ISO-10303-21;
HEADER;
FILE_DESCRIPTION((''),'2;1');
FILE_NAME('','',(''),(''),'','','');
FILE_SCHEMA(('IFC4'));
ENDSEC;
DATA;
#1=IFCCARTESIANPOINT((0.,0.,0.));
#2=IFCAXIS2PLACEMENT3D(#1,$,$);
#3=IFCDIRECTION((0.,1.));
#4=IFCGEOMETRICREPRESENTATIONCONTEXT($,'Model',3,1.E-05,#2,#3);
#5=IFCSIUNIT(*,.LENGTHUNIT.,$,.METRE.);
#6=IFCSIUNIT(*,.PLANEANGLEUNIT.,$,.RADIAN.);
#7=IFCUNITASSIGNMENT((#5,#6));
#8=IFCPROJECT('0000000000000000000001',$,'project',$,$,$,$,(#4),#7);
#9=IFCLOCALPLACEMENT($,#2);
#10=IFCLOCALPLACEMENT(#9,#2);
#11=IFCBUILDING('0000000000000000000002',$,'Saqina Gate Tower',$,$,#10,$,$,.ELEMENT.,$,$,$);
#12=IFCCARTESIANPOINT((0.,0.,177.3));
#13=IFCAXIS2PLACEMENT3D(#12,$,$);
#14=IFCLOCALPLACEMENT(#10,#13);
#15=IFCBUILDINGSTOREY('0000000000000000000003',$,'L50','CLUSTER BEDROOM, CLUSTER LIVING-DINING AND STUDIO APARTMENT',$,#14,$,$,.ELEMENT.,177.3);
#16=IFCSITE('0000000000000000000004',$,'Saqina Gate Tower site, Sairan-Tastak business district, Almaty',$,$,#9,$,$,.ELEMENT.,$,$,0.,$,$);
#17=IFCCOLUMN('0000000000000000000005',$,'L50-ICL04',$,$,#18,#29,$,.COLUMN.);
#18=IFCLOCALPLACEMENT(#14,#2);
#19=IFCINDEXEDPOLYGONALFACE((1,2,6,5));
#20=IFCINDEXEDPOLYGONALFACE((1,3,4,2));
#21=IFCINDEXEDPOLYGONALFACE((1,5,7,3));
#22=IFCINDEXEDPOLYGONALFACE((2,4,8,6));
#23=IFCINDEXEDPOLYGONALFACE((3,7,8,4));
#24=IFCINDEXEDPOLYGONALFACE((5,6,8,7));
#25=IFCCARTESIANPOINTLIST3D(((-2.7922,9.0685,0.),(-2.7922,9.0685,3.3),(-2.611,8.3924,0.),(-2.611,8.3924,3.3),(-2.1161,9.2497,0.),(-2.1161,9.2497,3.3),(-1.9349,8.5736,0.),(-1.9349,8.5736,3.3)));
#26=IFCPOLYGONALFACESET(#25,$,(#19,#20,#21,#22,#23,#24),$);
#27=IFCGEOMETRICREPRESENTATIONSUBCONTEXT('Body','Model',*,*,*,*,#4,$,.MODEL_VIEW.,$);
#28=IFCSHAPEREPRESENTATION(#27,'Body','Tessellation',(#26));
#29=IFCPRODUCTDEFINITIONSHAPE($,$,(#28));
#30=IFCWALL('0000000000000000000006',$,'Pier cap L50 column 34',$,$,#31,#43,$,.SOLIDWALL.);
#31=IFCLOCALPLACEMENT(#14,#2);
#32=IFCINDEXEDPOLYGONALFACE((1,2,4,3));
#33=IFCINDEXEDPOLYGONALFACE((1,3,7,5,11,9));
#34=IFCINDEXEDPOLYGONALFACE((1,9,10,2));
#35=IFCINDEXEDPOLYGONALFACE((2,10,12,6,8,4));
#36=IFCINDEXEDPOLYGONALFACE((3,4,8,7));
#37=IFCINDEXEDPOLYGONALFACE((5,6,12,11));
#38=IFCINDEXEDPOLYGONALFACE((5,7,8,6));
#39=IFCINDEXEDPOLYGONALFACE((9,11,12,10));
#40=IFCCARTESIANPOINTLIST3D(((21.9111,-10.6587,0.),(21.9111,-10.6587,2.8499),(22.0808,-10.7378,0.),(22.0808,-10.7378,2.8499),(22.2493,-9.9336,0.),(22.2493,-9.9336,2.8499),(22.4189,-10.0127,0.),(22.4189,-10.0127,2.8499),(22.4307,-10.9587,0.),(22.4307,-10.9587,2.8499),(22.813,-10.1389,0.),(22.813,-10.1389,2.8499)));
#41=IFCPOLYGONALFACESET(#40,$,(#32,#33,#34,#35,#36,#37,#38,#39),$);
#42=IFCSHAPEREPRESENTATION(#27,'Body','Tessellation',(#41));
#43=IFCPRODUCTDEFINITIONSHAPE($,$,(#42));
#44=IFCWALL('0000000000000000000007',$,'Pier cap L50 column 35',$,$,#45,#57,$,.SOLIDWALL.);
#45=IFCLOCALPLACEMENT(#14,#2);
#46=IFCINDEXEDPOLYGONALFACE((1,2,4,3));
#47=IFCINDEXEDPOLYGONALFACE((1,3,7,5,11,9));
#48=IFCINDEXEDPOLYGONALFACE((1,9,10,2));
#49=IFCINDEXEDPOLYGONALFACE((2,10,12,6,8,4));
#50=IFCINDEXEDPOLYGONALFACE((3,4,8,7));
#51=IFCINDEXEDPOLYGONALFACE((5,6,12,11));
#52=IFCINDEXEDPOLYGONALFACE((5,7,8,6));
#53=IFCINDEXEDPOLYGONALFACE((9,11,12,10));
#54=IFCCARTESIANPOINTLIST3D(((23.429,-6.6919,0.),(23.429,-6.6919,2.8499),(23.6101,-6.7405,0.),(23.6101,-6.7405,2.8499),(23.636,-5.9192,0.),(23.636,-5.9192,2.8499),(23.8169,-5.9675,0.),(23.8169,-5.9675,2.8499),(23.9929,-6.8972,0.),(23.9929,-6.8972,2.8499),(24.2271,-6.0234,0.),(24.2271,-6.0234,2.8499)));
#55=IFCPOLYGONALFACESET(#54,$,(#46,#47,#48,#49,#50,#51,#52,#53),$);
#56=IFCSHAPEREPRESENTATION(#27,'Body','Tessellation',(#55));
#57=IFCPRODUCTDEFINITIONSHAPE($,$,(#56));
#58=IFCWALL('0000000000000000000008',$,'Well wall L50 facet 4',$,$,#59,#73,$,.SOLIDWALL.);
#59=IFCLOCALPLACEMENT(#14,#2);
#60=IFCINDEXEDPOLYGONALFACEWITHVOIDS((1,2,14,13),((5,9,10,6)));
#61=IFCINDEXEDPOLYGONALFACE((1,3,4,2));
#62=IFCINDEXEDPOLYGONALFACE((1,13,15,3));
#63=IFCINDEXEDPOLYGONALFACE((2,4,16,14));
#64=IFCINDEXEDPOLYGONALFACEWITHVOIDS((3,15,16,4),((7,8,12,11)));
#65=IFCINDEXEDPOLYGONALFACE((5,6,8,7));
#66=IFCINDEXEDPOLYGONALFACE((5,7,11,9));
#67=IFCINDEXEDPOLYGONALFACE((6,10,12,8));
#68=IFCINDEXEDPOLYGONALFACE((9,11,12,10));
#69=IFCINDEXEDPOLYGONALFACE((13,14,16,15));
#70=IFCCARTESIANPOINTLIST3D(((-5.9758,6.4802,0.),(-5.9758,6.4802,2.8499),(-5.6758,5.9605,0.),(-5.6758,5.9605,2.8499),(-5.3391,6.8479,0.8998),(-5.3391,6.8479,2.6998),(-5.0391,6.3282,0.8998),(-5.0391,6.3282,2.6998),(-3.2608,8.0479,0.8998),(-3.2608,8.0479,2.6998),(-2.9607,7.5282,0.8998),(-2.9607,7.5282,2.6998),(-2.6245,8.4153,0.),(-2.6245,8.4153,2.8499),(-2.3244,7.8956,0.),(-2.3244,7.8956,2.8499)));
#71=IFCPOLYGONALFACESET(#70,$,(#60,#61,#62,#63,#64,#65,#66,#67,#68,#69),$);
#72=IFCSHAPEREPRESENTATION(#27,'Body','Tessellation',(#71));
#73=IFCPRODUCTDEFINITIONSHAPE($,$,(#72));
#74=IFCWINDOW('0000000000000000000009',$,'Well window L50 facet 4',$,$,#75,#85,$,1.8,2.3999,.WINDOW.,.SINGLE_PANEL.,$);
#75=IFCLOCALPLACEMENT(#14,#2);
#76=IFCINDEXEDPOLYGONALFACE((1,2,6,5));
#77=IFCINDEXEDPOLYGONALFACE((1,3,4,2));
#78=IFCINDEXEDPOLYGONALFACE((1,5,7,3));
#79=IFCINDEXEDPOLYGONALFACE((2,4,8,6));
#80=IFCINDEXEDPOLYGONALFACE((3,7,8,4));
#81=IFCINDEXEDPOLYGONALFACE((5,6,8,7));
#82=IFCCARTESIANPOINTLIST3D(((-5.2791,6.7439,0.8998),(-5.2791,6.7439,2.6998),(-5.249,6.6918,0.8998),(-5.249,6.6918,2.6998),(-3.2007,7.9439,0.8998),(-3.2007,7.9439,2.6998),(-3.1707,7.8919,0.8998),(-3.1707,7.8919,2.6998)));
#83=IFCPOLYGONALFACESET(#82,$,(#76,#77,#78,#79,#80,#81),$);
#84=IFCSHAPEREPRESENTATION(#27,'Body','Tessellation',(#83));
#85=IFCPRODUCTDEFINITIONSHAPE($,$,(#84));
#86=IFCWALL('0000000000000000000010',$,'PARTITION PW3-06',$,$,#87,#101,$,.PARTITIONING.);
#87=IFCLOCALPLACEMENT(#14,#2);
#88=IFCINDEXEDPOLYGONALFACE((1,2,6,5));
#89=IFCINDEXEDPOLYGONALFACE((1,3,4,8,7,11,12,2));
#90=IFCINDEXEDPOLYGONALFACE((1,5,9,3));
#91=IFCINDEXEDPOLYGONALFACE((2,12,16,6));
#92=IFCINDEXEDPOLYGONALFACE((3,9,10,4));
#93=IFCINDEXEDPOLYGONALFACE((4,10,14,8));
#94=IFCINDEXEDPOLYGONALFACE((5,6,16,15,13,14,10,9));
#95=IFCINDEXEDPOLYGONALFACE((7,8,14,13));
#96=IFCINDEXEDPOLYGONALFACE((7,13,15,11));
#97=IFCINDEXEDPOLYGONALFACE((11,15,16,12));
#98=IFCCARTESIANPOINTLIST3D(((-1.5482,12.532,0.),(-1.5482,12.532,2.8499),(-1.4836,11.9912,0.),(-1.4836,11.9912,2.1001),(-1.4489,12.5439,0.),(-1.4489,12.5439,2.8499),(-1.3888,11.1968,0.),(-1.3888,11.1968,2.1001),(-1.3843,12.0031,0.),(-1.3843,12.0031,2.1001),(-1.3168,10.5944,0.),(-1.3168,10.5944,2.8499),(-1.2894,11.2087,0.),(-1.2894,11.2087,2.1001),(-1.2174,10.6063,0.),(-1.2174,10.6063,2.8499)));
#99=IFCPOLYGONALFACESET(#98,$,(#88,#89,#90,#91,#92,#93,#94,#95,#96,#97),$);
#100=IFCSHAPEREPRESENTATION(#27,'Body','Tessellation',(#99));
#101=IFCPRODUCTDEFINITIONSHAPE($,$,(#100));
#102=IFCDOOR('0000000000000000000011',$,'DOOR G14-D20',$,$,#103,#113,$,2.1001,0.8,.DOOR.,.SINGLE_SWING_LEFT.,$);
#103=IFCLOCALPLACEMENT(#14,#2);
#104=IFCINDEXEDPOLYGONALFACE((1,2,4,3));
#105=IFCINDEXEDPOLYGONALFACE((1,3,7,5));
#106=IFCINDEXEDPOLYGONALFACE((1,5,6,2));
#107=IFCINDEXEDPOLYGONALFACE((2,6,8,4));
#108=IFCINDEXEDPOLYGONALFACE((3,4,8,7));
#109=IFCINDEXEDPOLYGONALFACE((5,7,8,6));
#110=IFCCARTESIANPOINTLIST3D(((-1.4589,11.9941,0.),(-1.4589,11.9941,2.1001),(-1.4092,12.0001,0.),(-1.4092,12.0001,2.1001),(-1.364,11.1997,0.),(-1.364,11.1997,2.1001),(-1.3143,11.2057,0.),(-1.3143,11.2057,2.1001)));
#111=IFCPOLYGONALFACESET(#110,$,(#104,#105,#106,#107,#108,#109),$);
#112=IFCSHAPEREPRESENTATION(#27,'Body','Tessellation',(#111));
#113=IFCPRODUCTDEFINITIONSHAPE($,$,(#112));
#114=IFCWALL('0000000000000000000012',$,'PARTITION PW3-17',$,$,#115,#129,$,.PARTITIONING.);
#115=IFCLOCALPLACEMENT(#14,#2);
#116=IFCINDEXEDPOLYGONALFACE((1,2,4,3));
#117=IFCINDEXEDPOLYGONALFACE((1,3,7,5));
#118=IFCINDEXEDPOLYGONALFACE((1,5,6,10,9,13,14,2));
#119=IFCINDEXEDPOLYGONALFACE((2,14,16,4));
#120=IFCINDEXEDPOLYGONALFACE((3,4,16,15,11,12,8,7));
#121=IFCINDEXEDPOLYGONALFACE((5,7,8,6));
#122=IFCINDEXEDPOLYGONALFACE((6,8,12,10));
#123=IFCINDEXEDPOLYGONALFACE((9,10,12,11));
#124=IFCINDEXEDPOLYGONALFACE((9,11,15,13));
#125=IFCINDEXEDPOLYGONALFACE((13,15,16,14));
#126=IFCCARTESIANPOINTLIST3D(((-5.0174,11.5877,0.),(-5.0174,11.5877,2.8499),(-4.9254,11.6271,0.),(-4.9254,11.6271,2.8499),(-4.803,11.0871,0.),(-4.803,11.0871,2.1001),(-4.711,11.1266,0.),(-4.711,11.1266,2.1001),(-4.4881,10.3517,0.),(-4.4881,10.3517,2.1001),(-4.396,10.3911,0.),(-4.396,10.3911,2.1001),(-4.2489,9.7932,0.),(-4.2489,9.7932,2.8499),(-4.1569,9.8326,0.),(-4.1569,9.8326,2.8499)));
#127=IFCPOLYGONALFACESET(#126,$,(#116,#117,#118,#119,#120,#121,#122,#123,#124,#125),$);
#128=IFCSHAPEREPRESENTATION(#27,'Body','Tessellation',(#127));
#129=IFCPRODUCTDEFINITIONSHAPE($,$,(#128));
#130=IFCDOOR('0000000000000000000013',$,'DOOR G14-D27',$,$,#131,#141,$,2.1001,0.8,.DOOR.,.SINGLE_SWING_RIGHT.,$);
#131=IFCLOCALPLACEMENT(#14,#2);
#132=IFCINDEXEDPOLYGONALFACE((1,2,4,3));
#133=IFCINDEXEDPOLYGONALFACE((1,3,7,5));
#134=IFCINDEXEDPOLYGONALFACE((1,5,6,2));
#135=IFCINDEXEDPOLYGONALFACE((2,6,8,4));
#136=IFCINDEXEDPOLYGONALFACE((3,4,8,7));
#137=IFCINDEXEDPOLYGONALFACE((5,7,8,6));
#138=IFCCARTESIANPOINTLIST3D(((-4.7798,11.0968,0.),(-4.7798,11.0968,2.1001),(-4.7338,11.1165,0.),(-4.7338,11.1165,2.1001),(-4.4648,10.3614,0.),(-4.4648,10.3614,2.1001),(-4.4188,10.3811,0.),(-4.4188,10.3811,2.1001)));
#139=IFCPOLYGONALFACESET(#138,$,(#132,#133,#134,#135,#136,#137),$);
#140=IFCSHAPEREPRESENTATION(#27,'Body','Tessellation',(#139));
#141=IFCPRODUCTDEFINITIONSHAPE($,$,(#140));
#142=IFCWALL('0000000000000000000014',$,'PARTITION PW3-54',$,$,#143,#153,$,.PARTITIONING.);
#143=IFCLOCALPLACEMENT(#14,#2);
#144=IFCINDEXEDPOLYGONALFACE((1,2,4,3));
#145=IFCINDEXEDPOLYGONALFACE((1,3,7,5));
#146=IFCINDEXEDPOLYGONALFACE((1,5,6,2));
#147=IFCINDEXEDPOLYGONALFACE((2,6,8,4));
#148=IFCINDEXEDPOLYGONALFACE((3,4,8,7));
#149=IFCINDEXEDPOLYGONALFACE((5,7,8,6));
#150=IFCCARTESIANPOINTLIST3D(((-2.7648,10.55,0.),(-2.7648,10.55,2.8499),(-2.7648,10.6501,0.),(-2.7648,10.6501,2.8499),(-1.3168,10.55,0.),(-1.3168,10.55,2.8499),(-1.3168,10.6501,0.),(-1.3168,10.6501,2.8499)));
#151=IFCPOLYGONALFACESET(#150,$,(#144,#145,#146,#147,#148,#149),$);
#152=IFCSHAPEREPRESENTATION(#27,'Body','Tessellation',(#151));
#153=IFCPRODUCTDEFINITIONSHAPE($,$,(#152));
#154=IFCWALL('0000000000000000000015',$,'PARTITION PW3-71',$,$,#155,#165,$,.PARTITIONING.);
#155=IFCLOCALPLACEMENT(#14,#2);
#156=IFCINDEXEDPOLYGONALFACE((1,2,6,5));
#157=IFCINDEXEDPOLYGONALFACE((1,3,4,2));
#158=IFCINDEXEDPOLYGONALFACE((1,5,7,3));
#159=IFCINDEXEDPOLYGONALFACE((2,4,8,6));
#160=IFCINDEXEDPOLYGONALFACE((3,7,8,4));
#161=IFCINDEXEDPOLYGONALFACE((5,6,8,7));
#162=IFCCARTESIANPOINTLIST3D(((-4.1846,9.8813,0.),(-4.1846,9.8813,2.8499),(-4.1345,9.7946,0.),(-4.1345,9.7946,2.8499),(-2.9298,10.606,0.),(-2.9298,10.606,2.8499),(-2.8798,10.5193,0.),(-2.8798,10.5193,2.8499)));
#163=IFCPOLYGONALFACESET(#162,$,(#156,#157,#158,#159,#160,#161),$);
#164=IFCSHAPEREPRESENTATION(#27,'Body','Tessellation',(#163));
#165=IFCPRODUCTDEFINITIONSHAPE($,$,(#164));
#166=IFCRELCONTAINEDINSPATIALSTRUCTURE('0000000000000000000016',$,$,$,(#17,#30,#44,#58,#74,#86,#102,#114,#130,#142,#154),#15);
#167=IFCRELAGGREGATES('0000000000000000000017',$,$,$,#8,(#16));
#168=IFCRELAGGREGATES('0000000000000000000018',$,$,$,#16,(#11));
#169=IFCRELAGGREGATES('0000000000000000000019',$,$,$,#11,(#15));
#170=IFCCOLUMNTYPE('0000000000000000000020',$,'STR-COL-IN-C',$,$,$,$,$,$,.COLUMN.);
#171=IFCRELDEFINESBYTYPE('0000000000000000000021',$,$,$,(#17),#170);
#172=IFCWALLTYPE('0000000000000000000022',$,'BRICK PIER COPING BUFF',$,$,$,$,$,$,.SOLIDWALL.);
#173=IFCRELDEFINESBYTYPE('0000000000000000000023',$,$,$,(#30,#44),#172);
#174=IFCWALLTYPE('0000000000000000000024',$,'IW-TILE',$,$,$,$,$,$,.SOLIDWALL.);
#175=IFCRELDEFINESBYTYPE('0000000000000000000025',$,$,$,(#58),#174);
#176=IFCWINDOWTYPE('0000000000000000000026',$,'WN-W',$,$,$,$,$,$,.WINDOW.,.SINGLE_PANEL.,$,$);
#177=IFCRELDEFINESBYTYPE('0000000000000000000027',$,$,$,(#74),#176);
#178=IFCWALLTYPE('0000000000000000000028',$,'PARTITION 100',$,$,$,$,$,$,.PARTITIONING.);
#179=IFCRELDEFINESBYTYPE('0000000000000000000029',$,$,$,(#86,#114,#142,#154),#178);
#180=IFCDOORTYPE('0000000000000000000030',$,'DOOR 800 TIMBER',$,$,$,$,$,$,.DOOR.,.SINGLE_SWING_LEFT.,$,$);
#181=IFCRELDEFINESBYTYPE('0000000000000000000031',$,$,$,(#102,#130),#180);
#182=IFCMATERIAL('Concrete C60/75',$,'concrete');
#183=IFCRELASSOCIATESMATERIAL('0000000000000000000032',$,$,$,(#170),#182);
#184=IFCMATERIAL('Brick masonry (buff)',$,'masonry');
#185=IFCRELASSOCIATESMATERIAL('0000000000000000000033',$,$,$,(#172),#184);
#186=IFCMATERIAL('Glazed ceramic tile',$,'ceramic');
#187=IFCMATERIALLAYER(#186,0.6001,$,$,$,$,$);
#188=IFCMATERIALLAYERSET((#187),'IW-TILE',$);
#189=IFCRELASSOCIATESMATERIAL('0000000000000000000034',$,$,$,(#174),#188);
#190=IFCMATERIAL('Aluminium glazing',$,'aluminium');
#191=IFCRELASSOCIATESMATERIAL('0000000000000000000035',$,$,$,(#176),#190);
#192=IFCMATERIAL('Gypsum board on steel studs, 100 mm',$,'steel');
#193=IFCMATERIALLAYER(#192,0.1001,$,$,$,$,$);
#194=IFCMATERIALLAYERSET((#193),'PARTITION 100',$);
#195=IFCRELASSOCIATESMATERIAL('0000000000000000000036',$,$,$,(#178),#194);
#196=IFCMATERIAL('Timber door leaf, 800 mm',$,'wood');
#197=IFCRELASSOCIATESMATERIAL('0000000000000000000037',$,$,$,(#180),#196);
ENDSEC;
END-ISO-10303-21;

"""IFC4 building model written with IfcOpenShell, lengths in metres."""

from ifc_helpers import new_model, si_unit, direction, frame, frame_2d, origin, origin_2d, place, context, subcontext, project, spatial, polyline, rectangle, outline, extrude, material, layer, layer_set, material_profile, profile_set, type_object, element, fill, save


model = new_model("IFC4")

# Units and contexts
model_context = context("Model", 3, precision=1e-05, world=origin(), true_north=direction((0.0, 1.0)))
body_context = subcontext(model_context, "Body", "Model", "MODEL_VIEW")
ifc_project = project(units=[si_unit("LENGTHUNIT", "METRE"), si_unit("PLANEANGLEUNIT", "RADIAN")], contexts=[model_context])

# Site, building, storey
site_placement = place(None, origin())
site = spatial("IfcSite", under=ifc_project, at=site_placement, Name="Saqina Gate Tower site, Sairan-Tastak business district, Almaty", CompositionType="ELEMENT", RefElevation=0.0)
building_placement = place(site_placement, origin())
building = spatial("IfcBuilding", under=site, at=building_placement, Name="Saqina Gate Tower", CompositionType="ELEMENT")
storey_placement = place(building_placement, frame((0.0, 0.0, 177.3)))
storey = spatial("IfcBuildingStorey", under=building, at=storey_placement, Name="L50", Description="CLUSTER BEDROOM, CLUSTER LIVING-DINING AND STUDIO APARTMENT", CompositionType="ELEMENT", Elevation=177.3)

# Column
ifc_material_1 = material(Name="Concrete C60/75", Category="concrete")
ifc_material_profile = material_profile(ifc_material_1, rectangle(XDim=0.7, YDim=0.7, at=origin_2d()), Name="RC 700x700")
ifc_profile_set = profile_set([ifc_material_profile], Name="Concrete C60/75")
column_type = type_object("IfcColumnType", Name="STR-COL-IN-C", PredefinedType="COLUMN", material=ifc_profile_set)
column_placement = place(storey_placement, frame((-2.3635, 8.821, 0.0), z_axis=(0.0, 0.0, 1.0), x_axis=(-0.258819, 0.965926, 0.0)))
element("IfcColumn", 1, at=column_placement, inside=storey, type_object=column_type, Name="L50-ICL04", PredefinedType="COLUMN", context=body_context, shape_type="SweptSolid", body=[
    extrude(rectangle(XDim=0.7, YDim=0.7, at=origin_2d()), origin(), (0.0, 0.0, 1.0), 3.3),
])

# Walls
ifc_material_2 = material(Name="Brick masonry (buff)", Category="masonry")
wall_type_1 = type_object("IfcWallType", Name="BRICK PIER COPING BUFF", PredefinedType="SOLIDWALL", material=ifc_material_2)
wall_1_placement = place(storey_placement, origin())
element("IfcWall", 2, at=wall_1_placement, inside=storey, type_object=wall_type_1, Name="Pier cap L50 column 34", PredefinedType="SOLIDWALL", context=body_context, shape_type="SweptSolid", body=[
    extrude(outline(polyline([(22.813, -10.1389), (22.2493, -9.9336), (22.4189, -10.0127), (22.0808, -10.7378), (21.9111, -10.6587), (22.4307, -10.9587), (22.813, -10.1389)])), origin(), (0.0, 0.0, 1.0), 2.8499),
])
wall_2_placement = place(storey_placement, origin())
element("IfcWall", 3, at=wall_2_placement, inside=storey, type_object=wall_type_1, Name="Pier cap L50 column 35", PredefinedType="SOLIDWALL", context=body_context, shape_type="SweptSolid", body=[
    extrude(outline(polyline([(24.2271, -6.0234), (23.636, -5.9192), (23.8169, -5.9675), (23.6101, -6.7405), (23.429, -6.6919), (23.9929, -6.8972), (24.2271, -6.0234)])), origin(), (0.0, 0.0, 1.0), 2.8499),
])

# Wall, opening, window
ifc_material_3 = material(Name="Glazed ceramic tile", Category="ceramic")
ifc_layer_1 = layer(ifc_material_3, 0.6001)
ifc_layer_set_1 = layer_set([ifc_layer_1], Name="IW-TILE")
wall_type_2 = type_object("IfcWallType", Name="IW-TILE", PredefinedType="SOLIDWALL", material=ifc_layer_set_1)
wall_3_placement = place(storey_placement, frame((-2.4744, 8.1555, 0.0), z_axis=(0.0, 0.0, 1.0), x_axis=(-0.866006, -0.500034, 0.0)))
wall_3 = element("IfcWall", 4, at=wall_3_placement, inside=storey, type_object=wall_type_2, Name="Well wall L50 facet 4", PredefinedType="SOLIDWALL", context=body_context, shape_type="SweptSolid", body=[
    extrude(rectangle(XDim=3.8699, YDim=0.6001, at=frame_2d((1.9351, 0.0))), origin(), (0.0, 0.0, 1.0), 2.8499),
])
opening_1_placement = place(wall_3_placement, frame((0.7349, 0.0, 0.8999)))
opening_1 = element("IfcOpeningElement", 5, at=opening_1_placement, cuts=wall_3, PredefinedType="OPENING", context=body_context, shape_type="SweptSolid", body=[
    extrude(rectangle(XDim=2.3999, YDim=1.8, at=frame_2d((1.2, 0.8999))), frame((0.0, 0.312, 0.0), z_axis=(0.0, -1.0, 0.0), x_axis=(1.0, 0.0, 0.0)), (0.0, 0.0, 1.0), 0.624),
])
ifc_material_4 = material(Name="Aluminium glazing", Category="aluminium")
window_type = type_object("IfcWindowType", Name="WN-W", PartitioningType="SINGLE_PANEL", PredefinedType="WINDOW", material=ifc_material_4)
window_placement = place(opening_1_placement, origin())
window = element("IfcWindow", 6, at=window_placement, inside=storey, type_object=window_type, Name="Well window L50 facet 4", OverallHeight=1.8, OverallWidth=2.3999, PartitioningType="SINGLE_PANEL", PredefinedType="WINDOW", context=body_context, shape_type="SweptSolid", body=[
    extrude(rectangle(XDim=2.3999, YDim=1.8, at=frame_2d((1.2, 0.8999))), frame((0.0, -0.1199, 0.0), z_axis=(0.0, -1.0, 0.0), x_axis=(1.0, 0.0, 0.0)), (0.0, 0.0, 1.0), 0.0601),
])
fill(opening_1, window)

# Walls, openings, doors
ifc_material_5 = material(Name="Gypsum board on steel studs, 100 mm", Category="steel")
ifc_layer_2 = layer(ifc_material_5, 0.1001)
ifc_layer_set_2 = layer_set([ifc_layer_2], Name="PARTITION 100")
wall_type_3 = type_object("IfcWallType", Name="PARTITION 100", PredefinedType="PARTITIONING", material=ifc_layer_set_2)
wall_4_placement = place(storey_placement, frame((-1.4985, 12.5378, 0.0), z_axis=(0.0, 0.0, 1.0), x_axis=(0.118598, -0.992942, 0.0)))
wall_4 = element("IfcWall", 7, at=wall_4_placement, inside=storey, type_object=wall_type_3, Name="PARTITION PW3-06", PredefinedType="PARTITIONING", context=body_context, shape_type="SweptSolid", body=[
    extrude(rectangle(XDim=1.9514, YDim=0.1001, at=frame_2d((0.9756, 0.0))), origin(), (0.0, 0.0, 1.0), 2.8499),
])
opening_2_placement = place(wall_4_placement, frame((0.5447, 0.0, 0.0)))
opening_2 = element("IfcOpeningElement", 8, at=opening_2_placement, cuts=wall_4, PredefinedType="OPENING", context=body_context, shape_type="SweptSolid", body=[
    extrude(rectangle(XDim=0.8, YDim=2.1001, at=frame_2d((0.3999, 1.05))), frame((0.0, 0.062, 0.0), z_axis=(0.0, -1.0, 0.0), x_axis=(1.0, 0.0, 0.0)), (0.0, 0.0, 1.0), 0.124),
])
ifc_material_6 = material(Name="Timber door leaf, 800 mm", Category="wood")
door_type_1 = type_object("IfcDoorType", Name="DOOR 800 TIMBER", OperationType="SINGLE_SWING_LEFT", PredefinedType="DOOR", material=ifc_material_6)
door_1_placement = place(opening_2_placement, origin())
door_1 = element("IfcDoor", 9, at=door_1_placement, inside=storey, type_object=door_type_1, Name="DOOR G14-D20", OperationType="SINGLE_SWING_LEFT", OverallHeight=2.1001, OverallWidth=0.8, PredefinedType="DOOR", context=body_context, shape_type="SweptSolid", body=[
    extrude(rectangle(XDim=0.8, YDim=2.1001, at=frame_2d((0.3999, 1.05))), frame((0.0, 0.0249, 0.0), z_axis=(0.0, -1.0, 0.0), x_axis=(1.0, 0.0, 0.0)), (0.0, 0.0, 1.0), 0.05),
])
fill(opening_2, door_1)
wall_5_placement = place(storey_placement, frame((-4.9714, 11.6074, 0.0), z_axis=(0.0, 0.0, 1.0), x_axis=(0.393708, -0.919236, 0.0)))
wall_5 = element("IfcWall", 10, at=wall_5_placement, inside=storey, type_object=wall_type_3, Name="PARTITION PW3-17", PredefinedType="PARTITIONING", context=body_context, shape_type="SweptSolid", body=[
    extrude(rectangle(XDim=1.9521, YDim=0.1001, at=frame_2d((0.9761, 0.0))), origin(), (0.0, 0.0, 1.0), 2.8499),
])
opening_3_placement = place(wall_5_placement, frame((0.5447, 0.0, 0.0)))
opening_3 = element("IfcOpeningElement", 11, at=opening_3_placement, cuts=wall_5, PredefinedType="OPENING", context=body_context, shape_type="SweptSolid", body=[
    extrude(rectangle(XDim=0.8, YDim=2.1001, at=frame_2d((0.3999, 1.05))), frame((0.0, 0.062, 0.0), z_axis=(0.0, -1.0, 0.0), x_axis=(1.0, 0.0, 0.0)), (0.0, 0.0, 1.0), 0.124),
])
door_2_placement = place(opening_3_placement, frame((0.8, 0.0, 0.0), z_axis=(0.0, 0.0, 1.0), x_axis=(-1.0, 0.0, 0.0)))
door_2 = element("IfcDoor", 12, at=door_2_placement, inside=storey, type_object=door_type_1, Name="DOOR G14-D27", OperationType="SINGLE_SWING_RIGHT", OverallHeight=2.1001, OverallWidth=0.8, PredefinedType="DOOR", context=body_context, shape_type="SweptSolid", body=[
    extrude(rectangle(XDim=0.8, YDim=2.1001, at=frame_2d((0.3999, 1.05))), frame((0.0, 0.0249, 0.0), z_axis=(0.0, -1.0, 0.0), x_axis=(1.0, 0.0, 0.0)), (0.0, 0.0, 1.0), 0.05),
])
fill(opening_3, door_2)

# Walls
wall_6_placement = place(storey_placement, frame((-2.7649, 10.6001, 0.0), z_axis=(0.0, 0.0, 1.0), x_axis=(1.0, 0.0, 0.0)))
element("IfcWall", 13, at=wall_6_placement, inside=storey, type_object=wall_type_3, Name="PARTITION PW3-54", PredefinedType="PARTITIONING", context=body_context, shape_type="SweptSolid", body=[
    extrude(rectangle(XDim=1.448, YDim=0.1001, at=frame_2d((0.7241, 0.0))), origin(), (0.0, 0.0, 1.0), 2.8499),
])
wall_7_placement = place(storey_placement, frame((-4.1597, 9.8379, 0.0), z_axis=(0.0, 0.0, 1.0), x_axis=(0.865953, 0.500126, 0.0)))
element("IfcWall", 14, at=wall_7_placement, inside=storey, type_object=wall_type_3, Name="PARTITION PW3-71", PredefinedType="PARTITIONING", context=body_context, shape_type="SweptSolid", body=[
    extrude(rectangle(XDim=1.449, YDim=0.1001, at=frame_2d((0.7246, 0.0))), origin(), (0.0, 0.0, 1.0), 2.8499),
])

save(model, "model.ifc")
